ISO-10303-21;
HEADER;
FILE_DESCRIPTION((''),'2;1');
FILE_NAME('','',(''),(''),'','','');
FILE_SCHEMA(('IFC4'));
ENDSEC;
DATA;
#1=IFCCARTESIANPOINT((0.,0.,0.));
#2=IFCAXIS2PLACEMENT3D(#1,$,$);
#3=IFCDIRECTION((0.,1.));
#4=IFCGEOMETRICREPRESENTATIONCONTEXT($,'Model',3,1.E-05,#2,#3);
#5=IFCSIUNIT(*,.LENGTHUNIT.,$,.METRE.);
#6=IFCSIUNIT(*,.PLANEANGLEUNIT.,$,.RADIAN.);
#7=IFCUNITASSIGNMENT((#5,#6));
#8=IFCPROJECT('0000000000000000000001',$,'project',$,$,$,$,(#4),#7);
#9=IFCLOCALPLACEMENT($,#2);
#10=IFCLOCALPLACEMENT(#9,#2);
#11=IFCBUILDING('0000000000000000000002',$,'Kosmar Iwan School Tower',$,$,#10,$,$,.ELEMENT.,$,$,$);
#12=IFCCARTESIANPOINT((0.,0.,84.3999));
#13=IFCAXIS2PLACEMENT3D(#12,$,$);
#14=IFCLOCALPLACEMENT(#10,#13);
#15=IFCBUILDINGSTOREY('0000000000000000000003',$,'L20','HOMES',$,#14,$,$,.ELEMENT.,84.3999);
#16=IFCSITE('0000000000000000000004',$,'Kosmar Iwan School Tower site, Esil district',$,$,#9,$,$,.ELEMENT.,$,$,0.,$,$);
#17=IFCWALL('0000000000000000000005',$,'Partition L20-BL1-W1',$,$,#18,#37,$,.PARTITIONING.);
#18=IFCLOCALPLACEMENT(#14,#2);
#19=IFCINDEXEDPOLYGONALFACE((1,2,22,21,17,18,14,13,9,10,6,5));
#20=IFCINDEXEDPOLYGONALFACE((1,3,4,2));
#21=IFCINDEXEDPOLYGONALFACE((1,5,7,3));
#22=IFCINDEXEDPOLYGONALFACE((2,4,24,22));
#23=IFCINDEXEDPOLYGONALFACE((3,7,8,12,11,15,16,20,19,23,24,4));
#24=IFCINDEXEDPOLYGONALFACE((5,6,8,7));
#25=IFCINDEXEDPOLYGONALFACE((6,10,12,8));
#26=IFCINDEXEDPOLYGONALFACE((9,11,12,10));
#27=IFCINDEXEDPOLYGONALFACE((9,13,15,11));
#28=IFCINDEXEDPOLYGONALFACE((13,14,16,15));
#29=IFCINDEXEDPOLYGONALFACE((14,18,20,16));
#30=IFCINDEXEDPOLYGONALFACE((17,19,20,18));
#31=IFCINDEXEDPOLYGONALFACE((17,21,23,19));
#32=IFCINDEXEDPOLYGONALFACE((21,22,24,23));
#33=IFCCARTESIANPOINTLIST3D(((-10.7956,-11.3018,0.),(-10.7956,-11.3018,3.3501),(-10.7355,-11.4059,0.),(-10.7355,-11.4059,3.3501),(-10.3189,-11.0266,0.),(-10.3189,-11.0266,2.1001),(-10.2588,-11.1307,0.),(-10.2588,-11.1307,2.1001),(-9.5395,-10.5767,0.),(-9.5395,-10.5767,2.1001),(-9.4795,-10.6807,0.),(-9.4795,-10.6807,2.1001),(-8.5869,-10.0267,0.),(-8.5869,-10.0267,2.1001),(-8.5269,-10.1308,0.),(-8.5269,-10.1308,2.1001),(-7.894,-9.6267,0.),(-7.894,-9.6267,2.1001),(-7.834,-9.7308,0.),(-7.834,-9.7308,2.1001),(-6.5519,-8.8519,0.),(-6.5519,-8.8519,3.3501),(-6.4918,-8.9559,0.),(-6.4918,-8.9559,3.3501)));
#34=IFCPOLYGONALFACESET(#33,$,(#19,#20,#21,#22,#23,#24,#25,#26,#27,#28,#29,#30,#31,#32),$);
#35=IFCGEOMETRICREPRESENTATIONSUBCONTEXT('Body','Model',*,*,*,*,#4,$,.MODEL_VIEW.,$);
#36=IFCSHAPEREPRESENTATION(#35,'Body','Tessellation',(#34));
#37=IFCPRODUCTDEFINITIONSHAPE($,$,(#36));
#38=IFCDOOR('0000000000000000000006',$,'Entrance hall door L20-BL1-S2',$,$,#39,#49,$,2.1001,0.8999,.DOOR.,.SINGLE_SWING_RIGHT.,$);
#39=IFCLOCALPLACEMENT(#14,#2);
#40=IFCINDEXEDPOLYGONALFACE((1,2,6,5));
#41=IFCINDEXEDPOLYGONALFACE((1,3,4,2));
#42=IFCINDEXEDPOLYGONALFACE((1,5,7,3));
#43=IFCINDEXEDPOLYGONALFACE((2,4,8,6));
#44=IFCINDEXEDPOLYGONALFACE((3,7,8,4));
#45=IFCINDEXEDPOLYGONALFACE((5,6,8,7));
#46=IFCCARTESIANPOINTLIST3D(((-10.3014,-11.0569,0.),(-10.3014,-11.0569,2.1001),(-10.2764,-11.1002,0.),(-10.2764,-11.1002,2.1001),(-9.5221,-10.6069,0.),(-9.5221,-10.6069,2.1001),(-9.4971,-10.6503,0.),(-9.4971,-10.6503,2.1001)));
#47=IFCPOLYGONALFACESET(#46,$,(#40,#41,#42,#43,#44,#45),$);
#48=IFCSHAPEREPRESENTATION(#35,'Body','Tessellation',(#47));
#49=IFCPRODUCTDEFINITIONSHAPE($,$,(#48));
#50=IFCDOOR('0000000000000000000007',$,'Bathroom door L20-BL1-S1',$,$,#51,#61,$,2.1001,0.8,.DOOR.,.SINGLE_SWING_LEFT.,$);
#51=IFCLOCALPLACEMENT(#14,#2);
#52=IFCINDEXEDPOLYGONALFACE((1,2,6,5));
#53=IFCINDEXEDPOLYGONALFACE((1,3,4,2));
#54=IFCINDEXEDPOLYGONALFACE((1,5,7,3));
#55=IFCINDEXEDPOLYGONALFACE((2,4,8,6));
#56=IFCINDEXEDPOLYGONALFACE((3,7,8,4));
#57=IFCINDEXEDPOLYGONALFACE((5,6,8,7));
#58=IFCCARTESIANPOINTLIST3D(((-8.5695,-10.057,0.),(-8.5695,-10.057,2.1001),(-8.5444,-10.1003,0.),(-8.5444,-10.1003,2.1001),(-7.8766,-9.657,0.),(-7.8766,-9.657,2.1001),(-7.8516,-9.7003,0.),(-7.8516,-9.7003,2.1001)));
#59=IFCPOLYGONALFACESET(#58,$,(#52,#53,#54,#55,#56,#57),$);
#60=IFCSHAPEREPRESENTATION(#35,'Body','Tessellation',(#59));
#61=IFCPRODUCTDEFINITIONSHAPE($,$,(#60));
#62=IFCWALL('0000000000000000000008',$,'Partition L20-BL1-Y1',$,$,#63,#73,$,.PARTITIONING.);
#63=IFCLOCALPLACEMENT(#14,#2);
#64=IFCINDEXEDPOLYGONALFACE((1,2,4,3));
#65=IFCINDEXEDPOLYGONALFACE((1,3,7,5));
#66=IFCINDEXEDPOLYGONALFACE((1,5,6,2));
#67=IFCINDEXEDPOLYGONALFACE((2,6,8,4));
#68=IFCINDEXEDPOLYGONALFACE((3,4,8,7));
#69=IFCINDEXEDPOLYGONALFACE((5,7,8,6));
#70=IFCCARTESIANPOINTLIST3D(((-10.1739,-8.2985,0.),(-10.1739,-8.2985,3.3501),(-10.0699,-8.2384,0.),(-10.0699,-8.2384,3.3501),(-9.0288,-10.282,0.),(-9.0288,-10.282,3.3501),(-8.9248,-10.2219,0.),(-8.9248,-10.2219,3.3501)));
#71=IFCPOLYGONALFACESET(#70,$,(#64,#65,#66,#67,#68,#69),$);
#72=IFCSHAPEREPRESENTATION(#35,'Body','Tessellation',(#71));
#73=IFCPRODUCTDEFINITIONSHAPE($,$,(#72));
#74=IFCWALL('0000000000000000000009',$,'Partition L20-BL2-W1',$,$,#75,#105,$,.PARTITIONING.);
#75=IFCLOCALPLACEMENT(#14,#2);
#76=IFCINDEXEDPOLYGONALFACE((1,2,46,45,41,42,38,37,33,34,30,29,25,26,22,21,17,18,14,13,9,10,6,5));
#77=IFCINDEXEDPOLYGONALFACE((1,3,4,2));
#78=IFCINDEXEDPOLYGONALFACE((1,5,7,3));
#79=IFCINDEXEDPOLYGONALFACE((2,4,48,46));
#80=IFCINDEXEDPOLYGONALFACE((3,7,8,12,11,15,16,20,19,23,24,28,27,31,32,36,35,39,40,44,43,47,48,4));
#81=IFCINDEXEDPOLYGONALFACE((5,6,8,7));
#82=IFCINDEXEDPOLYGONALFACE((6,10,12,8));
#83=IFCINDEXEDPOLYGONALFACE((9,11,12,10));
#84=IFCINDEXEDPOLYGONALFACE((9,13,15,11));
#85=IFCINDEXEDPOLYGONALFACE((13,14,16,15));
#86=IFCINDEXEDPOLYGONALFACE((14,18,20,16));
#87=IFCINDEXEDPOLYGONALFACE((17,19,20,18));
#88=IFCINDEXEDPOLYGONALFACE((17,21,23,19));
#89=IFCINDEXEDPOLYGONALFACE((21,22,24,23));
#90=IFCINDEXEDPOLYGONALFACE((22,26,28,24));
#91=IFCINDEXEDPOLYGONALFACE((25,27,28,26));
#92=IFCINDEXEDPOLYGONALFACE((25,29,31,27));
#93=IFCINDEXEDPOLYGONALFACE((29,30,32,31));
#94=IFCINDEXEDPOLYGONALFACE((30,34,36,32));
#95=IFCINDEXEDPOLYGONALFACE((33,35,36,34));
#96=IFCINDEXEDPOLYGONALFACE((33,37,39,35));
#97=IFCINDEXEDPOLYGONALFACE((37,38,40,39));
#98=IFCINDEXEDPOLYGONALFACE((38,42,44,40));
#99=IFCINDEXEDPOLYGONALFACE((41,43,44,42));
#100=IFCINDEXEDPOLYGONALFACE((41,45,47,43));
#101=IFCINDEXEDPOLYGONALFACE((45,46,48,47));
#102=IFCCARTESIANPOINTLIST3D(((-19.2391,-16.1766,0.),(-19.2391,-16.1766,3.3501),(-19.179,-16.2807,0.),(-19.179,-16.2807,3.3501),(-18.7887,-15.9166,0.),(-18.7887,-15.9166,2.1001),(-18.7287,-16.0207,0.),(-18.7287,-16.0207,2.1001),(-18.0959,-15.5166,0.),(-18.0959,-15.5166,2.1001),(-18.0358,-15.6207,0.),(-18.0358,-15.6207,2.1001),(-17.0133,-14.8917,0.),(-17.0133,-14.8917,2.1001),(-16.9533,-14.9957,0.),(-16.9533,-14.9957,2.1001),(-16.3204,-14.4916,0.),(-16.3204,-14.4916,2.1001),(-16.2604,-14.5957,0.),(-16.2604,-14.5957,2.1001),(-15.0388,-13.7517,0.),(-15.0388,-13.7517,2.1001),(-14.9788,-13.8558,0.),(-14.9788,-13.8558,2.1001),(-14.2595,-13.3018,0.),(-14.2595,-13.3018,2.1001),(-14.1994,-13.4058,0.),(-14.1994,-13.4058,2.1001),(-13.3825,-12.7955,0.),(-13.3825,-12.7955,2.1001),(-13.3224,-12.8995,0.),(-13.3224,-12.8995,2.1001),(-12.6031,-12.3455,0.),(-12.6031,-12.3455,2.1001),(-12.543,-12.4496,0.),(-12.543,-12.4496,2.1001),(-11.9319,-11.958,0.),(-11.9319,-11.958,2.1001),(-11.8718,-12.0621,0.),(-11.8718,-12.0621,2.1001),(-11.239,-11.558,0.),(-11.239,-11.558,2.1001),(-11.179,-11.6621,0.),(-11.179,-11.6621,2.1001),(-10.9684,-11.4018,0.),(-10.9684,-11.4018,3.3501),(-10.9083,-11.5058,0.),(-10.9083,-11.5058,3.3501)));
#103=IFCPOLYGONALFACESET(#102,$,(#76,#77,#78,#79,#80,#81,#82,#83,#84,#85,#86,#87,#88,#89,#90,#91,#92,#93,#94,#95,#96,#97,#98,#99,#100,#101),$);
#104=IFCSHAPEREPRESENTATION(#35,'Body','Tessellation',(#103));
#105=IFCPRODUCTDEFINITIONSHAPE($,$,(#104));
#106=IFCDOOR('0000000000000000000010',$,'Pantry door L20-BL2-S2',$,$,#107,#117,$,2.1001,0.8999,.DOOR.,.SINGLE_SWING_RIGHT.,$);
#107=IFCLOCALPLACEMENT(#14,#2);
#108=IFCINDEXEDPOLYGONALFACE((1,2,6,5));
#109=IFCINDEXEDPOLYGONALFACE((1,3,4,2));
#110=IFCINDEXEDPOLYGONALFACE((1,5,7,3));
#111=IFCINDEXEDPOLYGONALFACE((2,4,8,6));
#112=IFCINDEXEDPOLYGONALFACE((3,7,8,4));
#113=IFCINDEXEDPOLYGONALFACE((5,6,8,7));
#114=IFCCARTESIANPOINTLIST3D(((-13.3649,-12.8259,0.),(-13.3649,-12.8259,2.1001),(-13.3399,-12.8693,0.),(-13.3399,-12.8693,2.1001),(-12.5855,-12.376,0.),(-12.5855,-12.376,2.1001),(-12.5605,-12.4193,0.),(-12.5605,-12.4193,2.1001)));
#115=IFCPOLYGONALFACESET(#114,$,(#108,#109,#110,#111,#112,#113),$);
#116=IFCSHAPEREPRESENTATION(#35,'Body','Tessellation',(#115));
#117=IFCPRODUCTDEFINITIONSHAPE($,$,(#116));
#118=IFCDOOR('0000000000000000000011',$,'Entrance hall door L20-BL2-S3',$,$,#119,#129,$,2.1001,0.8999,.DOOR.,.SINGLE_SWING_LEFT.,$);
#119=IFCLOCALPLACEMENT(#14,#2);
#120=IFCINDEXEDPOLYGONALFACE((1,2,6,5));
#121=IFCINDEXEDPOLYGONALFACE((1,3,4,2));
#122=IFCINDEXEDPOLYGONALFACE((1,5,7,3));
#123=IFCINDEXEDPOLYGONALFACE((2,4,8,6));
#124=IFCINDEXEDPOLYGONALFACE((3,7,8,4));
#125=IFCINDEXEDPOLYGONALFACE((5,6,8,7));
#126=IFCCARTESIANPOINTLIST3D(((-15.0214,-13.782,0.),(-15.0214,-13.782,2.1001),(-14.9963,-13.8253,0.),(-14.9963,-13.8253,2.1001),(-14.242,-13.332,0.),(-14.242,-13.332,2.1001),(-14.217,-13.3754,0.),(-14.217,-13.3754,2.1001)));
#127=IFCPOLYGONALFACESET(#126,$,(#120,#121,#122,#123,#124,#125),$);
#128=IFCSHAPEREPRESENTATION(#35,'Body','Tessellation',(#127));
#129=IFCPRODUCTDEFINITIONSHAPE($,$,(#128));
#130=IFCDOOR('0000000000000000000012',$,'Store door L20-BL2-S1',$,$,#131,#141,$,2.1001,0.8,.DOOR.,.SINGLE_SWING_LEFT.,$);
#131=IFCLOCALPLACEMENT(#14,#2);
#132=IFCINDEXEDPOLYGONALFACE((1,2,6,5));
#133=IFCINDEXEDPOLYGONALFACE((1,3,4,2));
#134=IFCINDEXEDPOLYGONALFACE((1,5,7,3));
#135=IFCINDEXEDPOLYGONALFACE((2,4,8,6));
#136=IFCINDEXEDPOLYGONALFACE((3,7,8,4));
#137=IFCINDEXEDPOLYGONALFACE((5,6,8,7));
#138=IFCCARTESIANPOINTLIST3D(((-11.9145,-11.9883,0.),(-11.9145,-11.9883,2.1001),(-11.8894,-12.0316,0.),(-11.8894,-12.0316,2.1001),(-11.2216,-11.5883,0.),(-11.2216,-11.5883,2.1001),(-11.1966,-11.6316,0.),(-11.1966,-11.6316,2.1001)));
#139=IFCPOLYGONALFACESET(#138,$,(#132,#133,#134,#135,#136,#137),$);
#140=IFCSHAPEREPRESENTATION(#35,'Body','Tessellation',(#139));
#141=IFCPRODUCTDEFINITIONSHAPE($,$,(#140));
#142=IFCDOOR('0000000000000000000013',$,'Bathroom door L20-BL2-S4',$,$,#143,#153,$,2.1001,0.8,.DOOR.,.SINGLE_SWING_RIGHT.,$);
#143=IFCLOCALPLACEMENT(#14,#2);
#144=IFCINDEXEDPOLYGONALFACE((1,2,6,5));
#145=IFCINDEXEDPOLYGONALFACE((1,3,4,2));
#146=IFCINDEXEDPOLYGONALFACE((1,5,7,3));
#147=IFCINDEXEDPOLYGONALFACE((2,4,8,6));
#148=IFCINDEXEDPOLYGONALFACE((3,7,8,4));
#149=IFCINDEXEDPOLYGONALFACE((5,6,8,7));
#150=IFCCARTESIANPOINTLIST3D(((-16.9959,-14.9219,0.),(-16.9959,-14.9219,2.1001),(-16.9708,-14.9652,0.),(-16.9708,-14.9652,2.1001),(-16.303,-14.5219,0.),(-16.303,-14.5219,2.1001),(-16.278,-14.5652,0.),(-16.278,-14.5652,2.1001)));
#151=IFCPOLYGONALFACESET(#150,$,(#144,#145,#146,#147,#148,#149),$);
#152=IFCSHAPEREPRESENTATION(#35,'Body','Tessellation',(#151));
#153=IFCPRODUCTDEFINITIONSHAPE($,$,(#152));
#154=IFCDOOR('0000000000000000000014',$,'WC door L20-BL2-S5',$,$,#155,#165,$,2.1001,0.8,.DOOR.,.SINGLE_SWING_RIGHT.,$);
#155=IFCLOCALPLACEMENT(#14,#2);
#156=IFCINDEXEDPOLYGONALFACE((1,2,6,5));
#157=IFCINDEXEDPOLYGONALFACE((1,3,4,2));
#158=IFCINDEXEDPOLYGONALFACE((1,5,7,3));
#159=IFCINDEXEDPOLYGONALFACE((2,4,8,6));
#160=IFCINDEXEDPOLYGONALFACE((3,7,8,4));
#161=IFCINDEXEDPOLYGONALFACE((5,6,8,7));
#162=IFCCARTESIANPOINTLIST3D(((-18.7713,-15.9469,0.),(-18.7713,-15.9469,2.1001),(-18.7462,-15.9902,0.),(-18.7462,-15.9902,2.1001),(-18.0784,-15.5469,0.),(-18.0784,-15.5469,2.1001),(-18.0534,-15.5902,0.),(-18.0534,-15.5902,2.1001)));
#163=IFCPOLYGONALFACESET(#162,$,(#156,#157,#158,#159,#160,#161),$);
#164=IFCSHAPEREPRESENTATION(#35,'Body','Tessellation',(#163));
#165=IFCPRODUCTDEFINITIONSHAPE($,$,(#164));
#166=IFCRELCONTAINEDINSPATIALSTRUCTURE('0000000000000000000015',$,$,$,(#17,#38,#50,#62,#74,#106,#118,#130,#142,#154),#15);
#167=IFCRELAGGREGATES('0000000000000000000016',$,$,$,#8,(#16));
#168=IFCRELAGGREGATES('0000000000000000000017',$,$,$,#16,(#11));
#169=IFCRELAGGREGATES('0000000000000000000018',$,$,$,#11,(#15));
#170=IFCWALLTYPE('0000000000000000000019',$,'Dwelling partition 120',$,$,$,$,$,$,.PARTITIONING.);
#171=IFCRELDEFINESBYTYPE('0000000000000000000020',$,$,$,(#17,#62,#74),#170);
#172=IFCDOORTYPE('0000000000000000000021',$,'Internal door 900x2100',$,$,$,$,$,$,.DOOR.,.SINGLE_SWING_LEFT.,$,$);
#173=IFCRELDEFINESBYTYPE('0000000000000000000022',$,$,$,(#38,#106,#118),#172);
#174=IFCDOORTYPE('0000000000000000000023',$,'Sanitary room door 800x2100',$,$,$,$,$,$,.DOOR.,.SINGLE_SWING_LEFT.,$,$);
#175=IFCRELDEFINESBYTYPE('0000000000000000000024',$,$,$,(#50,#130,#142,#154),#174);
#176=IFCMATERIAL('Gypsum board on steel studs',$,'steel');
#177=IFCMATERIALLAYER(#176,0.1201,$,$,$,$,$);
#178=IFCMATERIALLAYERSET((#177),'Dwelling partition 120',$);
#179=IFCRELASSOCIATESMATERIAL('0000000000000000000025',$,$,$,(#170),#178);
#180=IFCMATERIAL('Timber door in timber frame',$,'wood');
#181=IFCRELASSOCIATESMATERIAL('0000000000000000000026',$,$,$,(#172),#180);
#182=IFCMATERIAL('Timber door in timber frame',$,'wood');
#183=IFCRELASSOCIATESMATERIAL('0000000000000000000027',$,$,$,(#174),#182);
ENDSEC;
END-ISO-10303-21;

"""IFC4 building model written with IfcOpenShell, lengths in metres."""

from ifc_helpers import new_model, si_unit, direction, frame, frame_2d, origin, place, context, subcontext, project, spatial, rectangle, extrude, material, layer, layer_set, type_object, element, fill, save


model = new_model("IFC4")

# Units and contexts
model_context = context("Model", 3, precision=1e-05, world=origin(), true_north=direction((0.0, 1.0)))
body_context = subcontext(model_context, "Body", "Model", "MODEL_VIEW")
ifc_project = project(units=[si_unit("LENGTHUNIT", "METRE"), si_unit("PLANEANGLEUNIT", "RADIAN")], contexts=[model_context])

# Site, building, storey
site_placement = place(None, origin())
site = spatial("IfcSite", under=ifc_project, at=site_placement, Name="Kosmar Iwan School Tower site, Esil district", CompositionType="ELEMENT", RefElevation=0.0)
building_placement = place(site_placement, origin())
building = spatial("IfcBuilding", under=site, at=building_placement, Name="Kosmar Iwan School Tower", CompositionType="ELEMENT")
storey_placement = place(building_placement, frame((0.0, 0.0, 84.3999)))
storey = spatial("IfcBuildingStorey", under=building, at=storey_placement, Name="L20", Description="HOMES", CompositionType="ELEMENT", Elevation=84.3999)

# Wall, openings, doors
ifc_material_1 = material(Name="Gypsum board on steel studs", Category="steel")
ifc_layer_1 = layer(ifc_material_1, 0.1201)
ifc_layer_set_1 = layer_set([ifc_layer_1], Name="Dwelling partition 120")
wall_type_1 = type_object("IfcWallType", Name="Dwelling partition 120", PredefinedType="PARTITIONING", material=ifc_layer_set_1)
wall_1_placement = place(storey_placement, frame((-6.5217, -8.9038, 0.0), z_axis=(0.0, 0.0, 1.0), x_axis=(-0.866036, -0.499981, 0.0)))
wall_1 = element("IfcWall", 1, at=wall_1_placement, inside=storey, type_object=wall_type_1, Name="Partition L20-BL1-W1", PredefinedType="PARTITIONING", context=body_context, shape_type="SweptSolid", body=[
    extrude(rectangle(XDim=4.9001, YDim=0.1201, at=frame_2d((2.4502, 0.0))), origin(), (0.0, 0.0, 1.0), 3.3501),
])
opening_1_placement = place(wall_1_placement, frame((1.55, 0.0, 0.0)))
opening_1 = element("IfcOpeningElement", 2, at=opening_1_placement, cuts=wall_1, PredefinedType="OPENING", context=body_context, shape_type="SweptSolid", body=[
    extrude(rectangle(XDim=0.8, YDim=2.1001, at=frame_2d((0.3999, 1.05))), frame((0.0, 0.072, 0.0), z_axis=(0.0, -1.0, 0.0), x_axis=(1.0, 0.0, 0.0)), (0.0, 0.0, 1.0), 0.144),
])
opening_2_placement = place(wall_1_placement, frame((3.45, 0.0, 0.0)))
opening_2 = element("IfcOpeningElement", 3, at=opening_2_placement, cuts=wall_1, PredefinedType="OPENING", context=body_context, shape_type="SweptSolid", body=[
    extrude(rectangle(XDim=0.8999, YDim=2.1001, at=frame_2d((0.45, 1.05))), frame((0.0, 0.072, 0.0), z_axis=(0.0, -1.0, 0.0), x_axis=(1.0, 0.0, 0.0)), (0.0, 0.0, 1.0), 0.144),
])
ifc_material_2 = material(Name="Timber door in timber frame", Category="wood")
door_type_1 = type_object("IfcDoorType", Name="Internal door 900x2100", OperationType="SINGLE_SWING_LEFT", PredefinedType="DOOR", material=ifc_material_2)
door_1_placement = place(opening_2_placement, origin())
door_1 = element("IfcDoor", 4, at=door_1_placement, inside=storey, type_object=door_type_1, Name="Entrance hall door L20-BL1-S2", OperationType="SINGLE_SWING_RIGHT", OverallHeight=2.1001, OverallWidth=0.8999, PredefinedType="DOOR", context=body_context, shape_type="SweptSolid", body=[
    extrude(rectangle(XDim=0.8999, YDim=2.1001, at=frame_2d((0.45, 1.05))), frame((0.0, 0.0249, 0.0), z_axis=(0.0, -1.0, 0.0), x_axis=(1.0, 0.0, 0.0)), (0.0, 0.0, 1.0), 0.05),
])
fill(opening_2, door_1)
ifc_material_3 = material(Name="Timber door in timber frame", Category="wood")
door_type_2 = type_object("IfcDoorType", Name="Sanitary room door 800x2100", OperationType="SINGLE_SWING_LEFT", PredefinedType="DOOR", material=ifc_material_3)
door_2_placement = place(opening_1_placement, origin())
door_2 = element("IfcDoor", 5, at=door_2_placement, inside=storey, type_object=door_type_2, Name="Bathroom door L20-BL1-S1", OperationType="SINGLE_SWING_LEFT", OverallHeight=2.1001, OverallWidth=0.8, PredefinedType="DOOR", context=body_context, shape_type="SweptSolid", body=[
    extrude(rectangle(XDim=0.8, YDim=2.1001, at=frame_2d((0.3999, 1.05))), frame((0.0, 0.0249, 0.0), z_axis=(0.0, -1.0, 0.0), x_axis=(1.0, 0.0, 0.0)), (0.0, 0.0, 1.0), 0.05),
])
fill(opening_1, door_2)

# Wall
wall_2_placement = place(storey_placement, frame((-10.1218, -8.2686, 0.0), z_axis=(0.0, 0.0, 1.0), x_axis=(0.499969, -0.866044, 0.0)))
element("IfcWall", 6, at=wall_2_placement, inside=storey, type_object=wall_type_1, Name="Partition L20-BL1-Y1", PredefinedType="PARTITIONING", context=body_context, shape_type="SweptSolid", body=[
    extrude(rectangle(XDim=2.2903, YDim=0.1201, at=frame_2d((1.145, 0.0))), origin(), (0.0, 0.0, 1.0), 3.3501),
])

# Wall, openings, doors
wall_3_placement = place(storey_placement, frame((-10.9385, -11.4539, 0.0), z_axis=(0.0, 0.0, 1.0), x_axis=(-0.866035, -0.499983, 0.0)))
wall_3 = element("IfcWall", 7, at=wall_3_placement, inside=storey, type_object=wall_type_1, Name="Partition L20-BL2-W1", PredefinedType="PARTITIONING", context=body_context, shape_type="SweptSolid", body=[
    extrude(rectangle(XDim=9.55, YDim=0.1201, at=frame_2d((4.7749, 0.0))), origin(), (0.0, 0.0, 1.0), 3.3501),
])
opening_3_placement = place(wall_3_placement, frame((0.3125, 0.0, 0.0)))
opening_3 = element("IfcOpeningElement", 8, at=opening_3_placement, cuts=wall_3, PredefinedType="OPENING", context=body_context, shape_type="SweptSolid", body=[
    extrude(rectangle(XDim=0.8, YDim=2.1001, at=frame_2d((0.3999, 1.05))), frame((0.0, 0.072, 0.0), z_axis=(0.0, -1.0, 0.0), x_axis=(1.0, 0.0, 0.0)), (0.0, 0.0, 1.0), 0.144),
])
opening_4_placement = place(wall_3_placement, frame((1.8875, 0.0, 0.0)))
opening_4 = element("IfcOpeningElement", 9, at=opening_4_placement, cuts=wall_3, PredefinedType="OPENING", context=body_context, shape_type="SweptSolid", body=[
    extrude(rectangle(XDim=0.8999, YDim=2.1001, at=frame_2d((0.45, 1.05))), frame((0.0, 0.072, 0.0), z_axis=(0.0, -1.0, 0.0), x_axis=(1.0, 0.0, 0.0)), (0.0, 0.0, 1.0), 0.144),
])
opening_5_placement = place(wall_3_placement, frame((3.8, 0.0, 0.0)))
opening_5 = element("IfcOpeningElement", 10, at=opening_5_placement, cuts=wall_3, PredefinedType="OPENING", context=body_context, shape_type="SweptSolid", body=[
    extrude(rectangle(XDim=0.8999, YDim=2.1001, at=frame_2d((0.45, 1.05))), frame((0.0, 0.072, 0.0), z_axis=(0.0, -1.0, 0.0), x_axis=(1.0, 0.0, 0.0)), (0.0, 0.0, 1.0), 0.144),
])
opening_6_placement = place(wall_3_placement, frame((6.1799, 0.0, 0.0)))
opening_6 = element("IfcOpeningElement", 11, at=opening_6_placement, cuts=wall_3, PredefinedType="OPENING", context=body_context, shape_type="SweptSolid", body=[
    extrude(rectangle(XDim=0.8, YDim=2.1001, at=frame_2d((0.3999, 1.05))), frame((0.0, 0.072, 0.0), z_axis=(0.0, -1.0, 0.0), x_axis=(1.0, 0.0, 0.0)), (0.0, 0.0, 1.0), 0.144),
])
opening_7_placement = place(wall_3_placement, frame((8.23, 0.0, 0.0)))
opening_7 = element("IfcOpeningElement", 12, at=opening_7_placement, cuts=wall_3, PredefinedType="OPENING", context=body_context, shape_type="SweptSolid", body=[
    extrude(rectangle(XDim=0.8, YDim=2.1001, at=frame_2d((0.3999, 1.05))), frame((0.0, 0.072, 0.0), z_axis=(0.0, -1.0, 0.0), x_axis=(1.0, 0.0, 0.0)), (0.0, 0.0, 1.0), 0.144),
])
door_3_placement = place(opening_4_placement, frame((0.8999, 0.0, 0.0), z_axis=(0.0, 0.0, 1.0), x_axis=(-1.0, 0.0, 0.0)))
door_3 = element("IfcDoor", 13, at=door_3_placement, inside=storey, type_object=door_type_1, Name="Pantry door L20-BL2-S2", OperationType="SINGLE_SWING_RIGHT", OverallHeight=2.1001, OverallWidth=0.8999, PredefinedType="DOOR", context=body_context, shape_type="SweptSolid", body=[
    extrude(rectangle(XDim=0.8999, YDim=2.1001, at=frame_2d((0.45, 1.05))), frame((0.0, 0.0249, 0.0), z_axis=(0.0, -1.0, 0.0), x_axis=(1.0, 0.0, 0.0)), (0.0, 0.0, 1.0), 0.05),
])
fill(opening_4, door_3)
door_4_placement = place(opening_5_placement, origin())
door_4 = element("IfcDoor", 14, at=door_4_placement, inside=storey, type_object=door_type_1, Name="Entrance hall door L20-BL2-S3", OperationType="SINGLE_SWING_LEFT", OverallHeight=2.1001, OverallWidth=0.8999, PredefinedType="DOOR", context=body_context, shape_type="SweptSolid", body=[
    extrude(rectangle(XDim=0.8999, YDim=2.1001, at=frame_2d((0.45, 1.05))), frame((0.0, 0.0249, 0.0), z_axis=(0.0, -1.0, 0.0), x_axis=(1.0, 0.0, 0.0)), (0.0, 0.0, 1.0), 0.05),
])
fill(opening_5, door_4)
door_5_placement = place(opening_3_placement, origin())
door_5 = element("IfcDoor", 15, at=door_5_placement, inside=storey, type_object=door_type_2, Name="Store door L20-BL2-S1", OperationType="SINGLE_SWING_LEFT", OverallHeight=2.1001, OverallWidth=0.8, PredefinedType="DOOR", context=body_context, shape_type="SweptSolid", body=[
    extrude(rectangle(XDim=0.8, YDim=2.1001, at=frame_2d((0.3999, 1.05))), frame((0.0, 0.0249, 0.0), z_axis=(0.0, -1.0, 0.0), x_axis=(1.0, 0.0, 0.0)), (0.0, 0.0, 1.0), 0.05),
])
fill(opening_3, door_5)
door_6_placement = place(opening_6_placement, origin())
door_6 = element("IfcDoor", 16, at=door_6_placement, inside=storey, type_object=door_type_2, Name="Bathroom door L20-BL2-S4", OperationType="SINGLE_SWING_RIGHT", OverallHeight=2.1001, OverallWidth=0.8, PredefinedType="DOOR", context=body_context, shape_type="SweptSolid", body=[
    extrude(rectangle(XDim=0.8, YDim=2.1001, at=frame_2d((0.3999, 1.05))), frame((0.0, 0.0249, 0.0), z_axis=(0.0, -1.0, 0.0), x_axis=(1.0, 0.0, 0.0)), (0.0, 0.0, 1.0), 0.05),
])
fill(opening_6, door_6)
door_7_placement = place(opening_7_placement, origin())
door_7 = element("IfcDoor", 17, at=door_7_placement, inside=storey, type_object=door_type_2, Name="WC door L20-BL2-S5", OperationType="SINGLE_SWING_RIGHT", OverallHeight=2.1001, OverallWidth=0.8, PredefinedType="DOOR", context=body_context, shape_type="SweptSolid", body=[
    extrude(rectangle(XDim=0.8, YDim=2.1001, at=frame_2d((0.3999, 1.05))), frame((0.0, 0.0249, 0.0), z_axis=(0.0, -1.0, 0.0), x_axis=(1.0, 0.0, 0.0)), (0.0, 0.0, 1.0), 0.05),
])
fill(opening_7, door_7)

save(model, "model.ifc")
